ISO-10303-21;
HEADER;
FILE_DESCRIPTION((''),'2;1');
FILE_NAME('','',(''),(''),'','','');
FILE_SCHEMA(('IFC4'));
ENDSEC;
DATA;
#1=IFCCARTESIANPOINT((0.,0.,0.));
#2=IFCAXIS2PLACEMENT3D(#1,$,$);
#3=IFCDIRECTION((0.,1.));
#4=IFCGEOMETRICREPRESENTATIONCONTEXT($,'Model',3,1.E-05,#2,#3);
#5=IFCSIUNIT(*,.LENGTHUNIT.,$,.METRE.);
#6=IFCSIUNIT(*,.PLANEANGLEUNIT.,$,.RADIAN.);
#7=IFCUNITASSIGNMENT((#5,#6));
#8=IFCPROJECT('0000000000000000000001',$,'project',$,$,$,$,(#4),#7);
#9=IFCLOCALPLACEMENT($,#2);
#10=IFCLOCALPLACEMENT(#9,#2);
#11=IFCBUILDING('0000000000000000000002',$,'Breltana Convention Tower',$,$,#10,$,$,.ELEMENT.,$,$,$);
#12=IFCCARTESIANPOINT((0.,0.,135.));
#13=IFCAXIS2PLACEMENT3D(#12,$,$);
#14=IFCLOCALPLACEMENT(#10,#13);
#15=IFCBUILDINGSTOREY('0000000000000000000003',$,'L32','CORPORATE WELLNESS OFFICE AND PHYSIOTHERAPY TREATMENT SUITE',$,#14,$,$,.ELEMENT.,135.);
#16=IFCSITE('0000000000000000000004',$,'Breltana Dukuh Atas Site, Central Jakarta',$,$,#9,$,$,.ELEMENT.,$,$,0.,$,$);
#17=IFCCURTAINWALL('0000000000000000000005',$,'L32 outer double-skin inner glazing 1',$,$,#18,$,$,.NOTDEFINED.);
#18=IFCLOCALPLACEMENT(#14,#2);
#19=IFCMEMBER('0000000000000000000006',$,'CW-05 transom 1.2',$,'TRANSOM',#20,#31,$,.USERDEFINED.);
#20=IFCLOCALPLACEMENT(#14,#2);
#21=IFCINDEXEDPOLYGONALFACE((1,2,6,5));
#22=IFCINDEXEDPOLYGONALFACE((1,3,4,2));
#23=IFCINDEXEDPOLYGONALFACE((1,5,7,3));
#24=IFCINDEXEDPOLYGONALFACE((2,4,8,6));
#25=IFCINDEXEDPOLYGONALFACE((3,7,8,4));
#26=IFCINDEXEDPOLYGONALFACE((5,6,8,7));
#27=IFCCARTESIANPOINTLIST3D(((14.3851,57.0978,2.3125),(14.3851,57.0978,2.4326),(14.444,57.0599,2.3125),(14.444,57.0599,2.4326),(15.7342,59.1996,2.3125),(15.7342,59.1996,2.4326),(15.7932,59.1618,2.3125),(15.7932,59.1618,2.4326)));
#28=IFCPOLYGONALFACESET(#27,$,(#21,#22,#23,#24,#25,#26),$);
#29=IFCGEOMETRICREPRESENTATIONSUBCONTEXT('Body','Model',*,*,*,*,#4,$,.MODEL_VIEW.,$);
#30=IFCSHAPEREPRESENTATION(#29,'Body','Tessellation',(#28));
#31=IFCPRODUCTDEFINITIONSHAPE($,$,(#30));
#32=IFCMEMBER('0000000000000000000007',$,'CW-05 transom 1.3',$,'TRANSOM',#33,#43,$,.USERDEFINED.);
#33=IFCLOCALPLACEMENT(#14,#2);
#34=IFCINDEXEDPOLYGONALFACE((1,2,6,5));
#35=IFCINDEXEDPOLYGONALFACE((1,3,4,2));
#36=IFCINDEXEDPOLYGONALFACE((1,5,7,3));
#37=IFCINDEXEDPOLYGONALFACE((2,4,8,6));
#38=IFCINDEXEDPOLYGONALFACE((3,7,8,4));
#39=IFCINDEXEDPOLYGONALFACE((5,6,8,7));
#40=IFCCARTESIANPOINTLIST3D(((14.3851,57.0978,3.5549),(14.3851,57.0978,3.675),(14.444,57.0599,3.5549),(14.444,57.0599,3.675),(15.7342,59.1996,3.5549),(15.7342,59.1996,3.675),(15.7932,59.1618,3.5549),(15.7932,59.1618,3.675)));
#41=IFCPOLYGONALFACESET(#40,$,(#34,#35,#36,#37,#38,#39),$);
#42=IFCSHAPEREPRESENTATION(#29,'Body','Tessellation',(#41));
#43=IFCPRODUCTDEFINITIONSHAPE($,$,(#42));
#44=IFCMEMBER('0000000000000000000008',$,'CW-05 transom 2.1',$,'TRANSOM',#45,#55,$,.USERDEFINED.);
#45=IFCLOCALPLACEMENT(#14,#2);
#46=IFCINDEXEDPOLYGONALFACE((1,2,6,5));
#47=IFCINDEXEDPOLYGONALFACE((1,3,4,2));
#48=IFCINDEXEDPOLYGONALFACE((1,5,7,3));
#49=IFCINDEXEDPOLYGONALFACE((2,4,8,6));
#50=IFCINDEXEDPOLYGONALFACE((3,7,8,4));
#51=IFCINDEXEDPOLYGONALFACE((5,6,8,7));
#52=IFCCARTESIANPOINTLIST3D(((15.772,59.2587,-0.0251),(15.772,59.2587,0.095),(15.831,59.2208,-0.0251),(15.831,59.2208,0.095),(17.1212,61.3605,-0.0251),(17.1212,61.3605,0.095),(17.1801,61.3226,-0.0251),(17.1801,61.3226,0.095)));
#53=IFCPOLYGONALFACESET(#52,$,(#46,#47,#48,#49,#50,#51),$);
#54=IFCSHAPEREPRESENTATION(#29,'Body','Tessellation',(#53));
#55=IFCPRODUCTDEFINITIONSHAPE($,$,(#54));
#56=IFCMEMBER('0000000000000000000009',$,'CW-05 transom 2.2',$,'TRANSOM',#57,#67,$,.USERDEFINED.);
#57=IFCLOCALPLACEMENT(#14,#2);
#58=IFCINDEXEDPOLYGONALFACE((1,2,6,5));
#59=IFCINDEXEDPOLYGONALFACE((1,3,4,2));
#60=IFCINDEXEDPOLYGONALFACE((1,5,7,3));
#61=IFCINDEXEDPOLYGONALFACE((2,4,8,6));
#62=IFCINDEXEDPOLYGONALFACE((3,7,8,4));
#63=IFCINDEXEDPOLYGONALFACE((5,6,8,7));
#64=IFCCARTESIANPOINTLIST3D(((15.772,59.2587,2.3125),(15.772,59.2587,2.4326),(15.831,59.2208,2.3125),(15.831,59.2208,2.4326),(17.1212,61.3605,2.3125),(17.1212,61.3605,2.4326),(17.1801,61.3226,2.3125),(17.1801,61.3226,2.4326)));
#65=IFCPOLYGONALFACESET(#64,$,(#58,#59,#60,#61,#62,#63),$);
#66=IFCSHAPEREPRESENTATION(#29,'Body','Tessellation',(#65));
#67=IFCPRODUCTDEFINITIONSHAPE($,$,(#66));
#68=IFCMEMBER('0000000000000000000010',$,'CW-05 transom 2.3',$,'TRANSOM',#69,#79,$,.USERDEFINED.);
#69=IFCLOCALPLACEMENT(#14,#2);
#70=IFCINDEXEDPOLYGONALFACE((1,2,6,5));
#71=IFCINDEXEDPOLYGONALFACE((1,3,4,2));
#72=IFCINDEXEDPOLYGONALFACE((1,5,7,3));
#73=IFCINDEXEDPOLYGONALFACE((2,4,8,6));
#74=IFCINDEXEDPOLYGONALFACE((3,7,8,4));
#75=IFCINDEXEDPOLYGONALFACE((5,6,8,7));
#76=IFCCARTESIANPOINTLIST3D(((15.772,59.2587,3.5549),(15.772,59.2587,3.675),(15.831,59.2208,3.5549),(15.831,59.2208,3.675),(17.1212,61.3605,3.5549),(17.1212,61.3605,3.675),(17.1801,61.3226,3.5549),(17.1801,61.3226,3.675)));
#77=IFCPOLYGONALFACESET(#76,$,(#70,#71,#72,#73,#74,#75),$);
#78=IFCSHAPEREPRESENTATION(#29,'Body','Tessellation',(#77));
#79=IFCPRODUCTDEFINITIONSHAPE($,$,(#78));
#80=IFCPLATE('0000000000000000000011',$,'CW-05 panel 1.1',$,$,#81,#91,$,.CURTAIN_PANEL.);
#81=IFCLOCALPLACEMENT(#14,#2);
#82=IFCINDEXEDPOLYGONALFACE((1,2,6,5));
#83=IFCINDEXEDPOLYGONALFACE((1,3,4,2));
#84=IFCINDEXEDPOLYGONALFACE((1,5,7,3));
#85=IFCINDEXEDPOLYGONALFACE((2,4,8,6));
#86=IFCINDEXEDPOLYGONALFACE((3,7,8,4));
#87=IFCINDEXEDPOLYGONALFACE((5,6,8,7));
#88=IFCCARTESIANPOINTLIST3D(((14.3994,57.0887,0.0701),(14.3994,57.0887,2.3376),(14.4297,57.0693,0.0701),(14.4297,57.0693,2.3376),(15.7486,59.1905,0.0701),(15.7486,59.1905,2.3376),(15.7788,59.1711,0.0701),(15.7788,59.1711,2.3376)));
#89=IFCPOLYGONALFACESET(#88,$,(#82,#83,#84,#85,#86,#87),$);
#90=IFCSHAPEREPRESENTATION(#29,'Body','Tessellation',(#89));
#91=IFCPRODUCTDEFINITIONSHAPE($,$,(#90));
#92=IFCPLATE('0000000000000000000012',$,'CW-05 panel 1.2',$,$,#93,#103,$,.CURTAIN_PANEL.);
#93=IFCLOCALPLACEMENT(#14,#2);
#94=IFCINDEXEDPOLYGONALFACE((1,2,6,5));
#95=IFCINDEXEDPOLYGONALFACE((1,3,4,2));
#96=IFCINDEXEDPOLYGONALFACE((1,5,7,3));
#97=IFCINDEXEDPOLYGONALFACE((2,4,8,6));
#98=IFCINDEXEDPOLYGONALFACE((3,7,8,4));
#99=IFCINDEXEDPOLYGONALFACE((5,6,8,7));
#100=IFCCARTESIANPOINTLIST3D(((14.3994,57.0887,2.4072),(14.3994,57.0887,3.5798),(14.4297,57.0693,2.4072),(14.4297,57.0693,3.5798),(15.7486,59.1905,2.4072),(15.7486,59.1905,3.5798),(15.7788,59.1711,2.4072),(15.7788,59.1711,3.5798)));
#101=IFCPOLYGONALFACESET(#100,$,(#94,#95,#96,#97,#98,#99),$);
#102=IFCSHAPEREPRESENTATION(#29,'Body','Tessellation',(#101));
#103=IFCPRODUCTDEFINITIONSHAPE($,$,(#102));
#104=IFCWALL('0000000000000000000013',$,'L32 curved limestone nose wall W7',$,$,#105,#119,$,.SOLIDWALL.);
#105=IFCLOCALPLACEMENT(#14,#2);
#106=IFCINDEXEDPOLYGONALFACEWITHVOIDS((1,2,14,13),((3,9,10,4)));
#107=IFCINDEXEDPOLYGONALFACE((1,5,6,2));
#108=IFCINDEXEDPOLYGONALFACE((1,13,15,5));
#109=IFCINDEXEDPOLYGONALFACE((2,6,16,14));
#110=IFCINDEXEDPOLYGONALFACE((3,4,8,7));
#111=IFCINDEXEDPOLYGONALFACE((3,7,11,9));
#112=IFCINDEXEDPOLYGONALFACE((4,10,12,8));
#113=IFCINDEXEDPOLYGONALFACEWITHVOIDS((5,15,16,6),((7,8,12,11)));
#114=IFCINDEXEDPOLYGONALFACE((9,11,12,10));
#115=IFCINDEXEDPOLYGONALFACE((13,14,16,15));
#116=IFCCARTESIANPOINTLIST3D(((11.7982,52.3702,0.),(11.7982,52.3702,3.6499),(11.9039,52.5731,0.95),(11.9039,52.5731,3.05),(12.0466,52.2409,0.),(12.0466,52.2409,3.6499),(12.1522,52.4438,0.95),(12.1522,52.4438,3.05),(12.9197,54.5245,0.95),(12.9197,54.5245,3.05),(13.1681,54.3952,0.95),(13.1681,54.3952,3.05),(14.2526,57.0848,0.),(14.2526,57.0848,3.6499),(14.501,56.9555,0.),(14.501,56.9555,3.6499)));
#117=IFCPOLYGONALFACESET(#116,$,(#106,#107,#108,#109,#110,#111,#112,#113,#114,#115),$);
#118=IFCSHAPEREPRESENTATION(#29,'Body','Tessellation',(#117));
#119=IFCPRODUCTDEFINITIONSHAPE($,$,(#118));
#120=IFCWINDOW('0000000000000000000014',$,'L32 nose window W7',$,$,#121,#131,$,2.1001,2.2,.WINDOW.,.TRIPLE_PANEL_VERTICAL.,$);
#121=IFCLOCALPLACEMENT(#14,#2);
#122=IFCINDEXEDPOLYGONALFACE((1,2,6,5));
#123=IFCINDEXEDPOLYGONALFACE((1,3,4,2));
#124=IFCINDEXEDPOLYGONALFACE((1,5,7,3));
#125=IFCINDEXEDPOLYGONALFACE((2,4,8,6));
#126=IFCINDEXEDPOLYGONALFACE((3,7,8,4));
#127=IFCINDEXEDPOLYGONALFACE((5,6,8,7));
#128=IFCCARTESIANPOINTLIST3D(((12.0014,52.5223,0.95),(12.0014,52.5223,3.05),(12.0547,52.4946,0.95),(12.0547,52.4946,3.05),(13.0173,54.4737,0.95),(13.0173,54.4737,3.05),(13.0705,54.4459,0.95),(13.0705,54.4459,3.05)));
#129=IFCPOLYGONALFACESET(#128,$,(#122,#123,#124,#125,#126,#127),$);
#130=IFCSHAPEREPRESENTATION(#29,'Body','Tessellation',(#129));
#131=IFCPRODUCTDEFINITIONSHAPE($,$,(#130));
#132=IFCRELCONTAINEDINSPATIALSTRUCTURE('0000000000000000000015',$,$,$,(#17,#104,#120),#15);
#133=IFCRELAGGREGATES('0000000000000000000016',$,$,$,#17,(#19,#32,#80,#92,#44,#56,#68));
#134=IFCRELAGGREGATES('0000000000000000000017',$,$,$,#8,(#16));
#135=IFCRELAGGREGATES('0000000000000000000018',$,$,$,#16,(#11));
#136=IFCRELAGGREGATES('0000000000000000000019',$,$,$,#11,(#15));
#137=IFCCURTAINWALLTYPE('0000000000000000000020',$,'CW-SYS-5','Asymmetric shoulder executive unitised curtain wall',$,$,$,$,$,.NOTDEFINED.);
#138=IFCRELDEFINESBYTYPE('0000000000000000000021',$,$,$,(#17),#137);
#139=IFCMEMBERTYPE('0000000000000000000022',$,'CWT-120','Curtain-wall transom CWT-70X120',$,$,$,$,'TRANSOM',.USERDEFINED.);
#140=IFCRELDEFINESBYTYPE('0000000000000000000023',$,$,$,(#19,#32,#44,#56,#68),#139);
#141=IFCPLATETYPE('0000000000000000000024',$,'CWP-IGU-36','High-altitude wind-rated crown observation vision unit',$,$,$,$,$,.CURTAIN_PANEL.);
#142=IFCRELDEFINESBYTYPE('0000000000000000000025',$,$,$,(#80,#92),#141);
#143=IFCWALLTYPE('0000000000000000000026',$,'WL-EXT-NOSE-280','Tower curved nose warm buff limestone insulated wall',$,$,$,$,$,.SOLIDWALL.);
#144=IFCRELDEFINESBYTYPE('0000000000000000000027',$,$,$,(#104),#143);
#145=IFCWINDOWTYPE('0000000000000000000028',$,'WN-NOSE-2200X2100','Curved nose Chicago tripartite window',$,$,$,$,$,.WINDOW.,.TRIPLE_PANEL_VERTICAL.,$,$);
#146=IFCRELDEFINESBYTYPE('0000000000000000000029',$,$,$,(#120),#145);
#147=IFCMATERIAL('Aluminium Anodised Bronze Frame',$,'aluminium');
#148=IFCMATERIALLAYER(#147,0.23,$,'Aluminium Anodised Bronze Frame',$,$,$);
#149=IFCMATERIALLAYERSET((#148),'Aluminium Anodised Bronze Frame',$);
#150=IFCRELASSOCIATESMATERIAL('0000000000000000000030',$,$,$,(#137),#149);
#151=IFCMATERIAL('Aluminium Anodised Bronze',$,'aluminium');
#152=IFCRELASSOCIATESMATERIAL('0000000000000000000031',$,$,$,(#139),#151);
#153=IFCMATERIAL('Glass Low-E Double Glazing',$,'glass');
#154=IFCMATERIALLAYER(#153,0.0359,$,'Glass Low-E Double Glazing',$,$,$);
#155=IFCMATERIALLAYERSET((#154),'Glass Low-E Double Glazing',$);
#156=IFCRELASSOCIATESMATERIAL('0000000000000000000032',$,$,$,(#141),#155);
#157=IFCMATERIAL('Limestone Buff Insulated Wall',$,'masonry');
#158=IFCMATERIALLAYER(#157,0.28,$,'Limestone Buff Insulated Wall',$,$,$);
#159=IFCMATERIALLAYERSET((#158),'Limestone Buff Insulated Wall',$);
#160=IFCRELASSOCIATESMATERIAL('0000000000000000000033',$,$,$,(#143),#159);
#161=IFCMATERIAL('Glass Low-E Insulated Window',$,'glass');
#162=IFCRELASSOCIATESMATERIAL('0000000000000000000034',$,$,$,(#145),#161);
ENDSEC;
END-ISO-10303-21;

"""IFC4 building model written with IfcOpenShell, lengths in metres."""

from ifc_helpers import new_model, si_unit, direction, frame, frame_2d, origin, origin_2d, place, context, subcontext, project, spatial, rectangle, extrude, source, transform, mapped, material, layer, layer_set, material_profile, profile_set, type_object, type_shapes, element, fill, aggregate, save


model = new_model("IFC4")

# Units and contexts
model_context = context("Model", 3, precision=1e-05, world=origin(), true_north=direction((0.0, 1.0)))
body_context = subcontext(model_context, "Body", "Model", "MODEL_VIEW")
ifc_project = project(units=[si_unit("LENGTHUNIT", "METRE"), si_unit("PLANEANGLEUNIT", "RADIAN")], contexts=[model_context])

# Site, building, storey
site_placement = place(None, origin())
site = spatial("IfcSite", under=ifc_project, at=site_placement, Name="Breltana Dukuh Atas Site, Central Jakarta", CompositionType="ELEMENT", RefElevation=0.0)
building_placement = place(site_placement, origin())
building = spatial("IfcBuilding", under=site, at=building_placement, Name="Breltana Convention Tower", CompositionType="ELEMENT")
storey_placement = place(building_placement, frame((0.0, 0.0, 135.0)))
storey = spatial("IfcBuildingStorey", under=building, at=storey_placement, Name="L32", Description="CORPORATE WELLNESS OFFICE AND PHYSIOTHERAPY TREATMENT SUITE", CompositionType="ELEMENT", Elevation=135.0)

# Curtain wall, members, plates
ifc_material_1 = material(Name="Aluminium Anodised Bronze Frame", Category="aluminium")
ifc_layer_1 = layer(ifc_material_1, 0.23, Name="Aluminium Anodised Bronze Frame")
ifc_layer_set_1 = layer_set([ifc_layer_1], Name="Aluminium Anodised Bronze Frame")
curtain_wall_type = type_object("IfcCurtainWallType", Name="CW-SYS-5", Description="Asymmetric shoulder executive unitised curtain wall", PredefinedType="NOTDEFINED", material=ifc_layer_set_1)
curtain_wall_placement = place(storey_placement, origin())
curtain_wall = element("IfcCurtainWall", 1, at=curtain_wall_placement, inside=storey, type_object=curtain_wall_type, Name="L32 outer double-skin inner glazing 1", PredefinedType="NOTDEFINED")
ifc_material_2 = material(Name="Aluminium Anodised Bronze", Category="aluminium")
ifc_material_profile_1 = material_profile(ifc_material_2, rectangle(XDim=0.0701, YDim=0.1201, at=origin_2d()), Name="CWT-70X120")
ifc_profile_set_1 = profile_set([ifc_material_profile_1], Name="Aluminium Anodised Bronze")
member_type_1 = type_object("IfcMemberType", Name="CWT-120", Description="Curtain-wall transom CWT-70X120", ElementType="TRANSOM", PredefinedType="USERDEFINED", material=ifc_profile_set_1)
shared_shape_1 = source(origin(), body_context, "Body", "SweptSolid", [
    extrude(rectangle(XDim=0.0701, YDim=0.1201, at=origin_2d()), origin(), (0.0, 0.0, 1.0), 2.4976),
])
member_1_placement = place(storey_placement, frame((14.4146, 57.0789, 2.3726), z_axis=(0.540179, 0.84155, 0.0), x_axis=(-0.84155, 0.540179, 0.0)))
member_1 = element("IfcMember", 2, at=member_1_placement, type_object=member_type_1, Name="CW-05 transom 1.2", ObjectType="TRANSOM", PredefinedType="USERDEFINED", context=body_context, shape_type="MappedRepresentation", body=[
    mapped(shared_shape_1, transform((0.0, 0.0, 0.0), scale=1.0)),
])
member_2_placement = place(storey_placement, frame((14.4146, 57.0789, 3.615), z_axis=(0.540179, 0.84155, 0.0), x_axis=(-0.84155, 0.540179, 0.0)))
member_2 = element("IfcMember", 3, at=member_2_placement, type_object=member_type_1, Name="CW-05 transom 1.3", ObjectType="TRANSOM", PredefinedType="USERDEFINED", context=body_context, shape_type="MappedRepresentation", body=[
    mapped(shared_shape_1, transform((0.0, 0.0, 0.0), scale=1.0)),
])
member_3_placement = place(storey_placement, frame((15.8015, 59.2397, 0.0349), z_axis=(0.540179, 0.84155, 0.0), x_axis=(-0.84155, 0.540179, 0.0)))
member_3 = element("IfcMember", 4, at=member_3_placement, type_object=member_type_1, Name="CW-05 transom 2.1", ObjectType="TRANSOM", PredefinedType="USERDEFINED", context=body_context, shape_type="MappedRepresentation", body=[
    mapped(shared_shape_1, transform((0.0, 0.0, 0.0), scale=1.0)),
])
member_4_placement = place(storey_placement, frame((15.8015, 59.2397, 2.3726), z_axis=(0.540179, 0.84155, 0.0), x_axis=(-0.84155, 0.540179, 0.0)))
member_4 = element("IfcMember", 5, at=member_4_placement, type_object=member_type_1, Name="CW-05 transom 2.2", ObjectType="TRANSOM", PredefinedType="USERDEFINED", context=body_context, shape_type="MappedRepresentation", body=[
    mapped(shared_shape_1, transform((0.0, 0.0, 0.0), scale=1.0)),
])
member_5_placement = place(storey_placement, frame((15.8015, 59.2397, 3.615), z_axis=(0.540179, 0.84155, 0.0), x_axis=(-0.84155, 0.540179, 0.0)))
member_5 = element("IfcMember", 6, at=member_5_placement, type_object=member_type_1, Name="CW-05 transom 2.3", ObjectType="TRANSOM", PredefinedType="USERDEFINED", context=body_context, shape_type="MappedRepresentation", body=[
    mapped(shared_shape_1, transform((0.0, 0.0, 0.0), scale=1.0)),
])
ifc_material_3 = material(Name="Glass Low-E Double Glazing", Category="glass")
ifc_layer_2 = layer(ifc_material_3, 0.0359, Name="Glass Low-E Double Glazing")
ifc_layer_set_2 = layer_set([ifc_layer_2], Name="Glass Low-E Double Glazing")
plate_type = type_object("IfcPlateType", Name="CWP-IGU-36", Description="High-altitude wind-rated crown observation vision unit", PredefinedType="CURTAIN_PANEL", material=ifc_layer_set_2)
shared_shape_2 = source(origin(), body_context, "Body", "SweptSolid", [
    extrude(rectangle(XDim=2.4976, YDim=0.0359, at=origin_2d()), origin(), (0.0, 0.0, 1.0), 2.2676),
])
plate_1_placement = place(storey_placement, frame((15.0891, 58.1299, 0.0701), z_axis=(0.0, 0.0, 1.0), x_axis=(0.540177, 0.841552, 0.0)))
plate_1 = element("IfcPlate", 7, at=plate_1_placement, type_object=plate_type, Name="CW-05 panel 1.1", PredefinedType="CURTAIN_PANEL", context=body_context, shape_type="MappedRepresentation", body=[
    mapped(shared_shape_2, transform((0.0, 0.0, 0.0), scale=1.0)),
])
shared_shape_3 = source(origin(), body_context, "Body", "SweptSolid", [
    extrude(rectangle(XDim=2.4976, YDim=0.0359, at=origin_2d()), origin(), (0.0, 0.0, 1.0), 1.1726),
])
plate_2_placement = place(storey_placement, frame((15.0891, 58.1299, 2.4072), z_axis=(0.0, 0.0, 1.0), x_axis=(0.540177, 0.841552, 0.0)))
plate_2 = element("IfcPlate", 8, at=plate_2_placement, type_object=plate_type, Name="CW-05 panel 1.2", PredefinedType="CURTAIN_PANEL", context=body_context, shape_type="MappedRepresentation", body=[
    mapped(shared_shape_3, transform((0.0, 0.0, 0.0), scale=1.0)),
])
aggregate(curtain_wall, [member_1, member_2, plate_1, plate_2, member_3, member_4, member_5])

# Wall, opening, window
ifc_material_4 = material(Name="Limestone Buff Insulated Wall", Category="masonry")
ifc_layer_3 = layer(ifc_material_4, 0.28, Name="Limestone Buff Insulated Wall")
ifc_layer_set_3 = layer_set([ifc_layer_3], Name="Limestone Buff Insulated Wall")
wall_type = type_object("IfcWallType", Name="WL-EXT-NOSE-280", Description="Tower curved nose warm buff limestone insulated wall", PredefinedType="SOLIDWALL", material=ifc_layer_set_3)
shared_shape_4 = source(origin(), body_context, "Body", "SweptSolid", [
    extrude(rectangle(XDim=5.3152, YDim=0.28, at=frame_2d((2.6577, 0.0))), origin(), (0.0, 0.0, 1.0), 3.6499),
])
wall_placement = place(storey_placement, frame((11.9224, 52.3054, 0.0), z_axis=(0.0, 0.0, 1.0), x_axis=(0.461761, 0.887005, 0.0)))
wall = element("IfcWall", 9, at=wall_placement, inside=storey, type_object=wall_type, Name="L32 curved limestone nose wall W7", PredefinedType="SOLIDWALL", context=body_context, shape_type="MappedRepresentation", body=[
    mapped(shared_shape_4, transform((0.0, 0.0, 0.0), scale=1.0)),
])
opening_placement = place(wall_placement, frame((0.2288, 0.0, 0.95)))
opening = element("IfcOpeningElement", 10, at=opening_placement, cuts=wall, PredefinedType="OPENING", context=body_context, shape_type="SweptSolid", body=[
    extrude(rectangle(XDim=2.2, YDim=2.1001, at=frame_2d((1.1001, 1.05))), frame((0.0, 0.1499, 0.0), z_axis=(0.0, -1.0, 0.0), x_axis=(1.0, 0.0, 0.0)), (0.0, 0.0, 1.0), 0.3),
])
ifc_material_5 = material(Name="Glass Low-E Insulated Window", Category="glass")
window_type = type_object("IfcWindowType", Name="WN-NOSE-2200X2100", Description="Curved nose Chicago tripartite window", PartitioningType="TRIPLE_PANEL_VERTICAL", PredefinedType="WINDOW", material=ifc_material_5)
shared_shape_5 = source(origin(), body_context, "Body", "SweptSolid", [
    extrude(rectangle(XDim=2.2, YDim=2.1001, at=frame_2d((1.1001, 1.05))), frame((0.0, 0.03, 0.0), z_axis=(0.0, -1.0, 0.0), x_axis=(1.0, 0.0, 0.0)), (0.0, 0.0, 1.0), 0.0601),
])
type_shapes(window_type, [shared_shape_5])
window_placement = place(opening_placement, origin())
window = element("IfcWindow", 11, at=window_placement, inside=storey, type_object=window_type, Name="L32 nose window W7", OverallHeight=2.1001, OverallWidth=2.2, PartitioningType="TRIPLE_PANEL_VERTICAL", PredefinedType="WINDOW", context=body_context, shape_type="MappedRepresentation", body=[
    mapped(shared_shape_5, transform((0.0, 0.0, 0.0), scale=1.0)),
])
fill(opening, window)

save(model, "model.ifc")
